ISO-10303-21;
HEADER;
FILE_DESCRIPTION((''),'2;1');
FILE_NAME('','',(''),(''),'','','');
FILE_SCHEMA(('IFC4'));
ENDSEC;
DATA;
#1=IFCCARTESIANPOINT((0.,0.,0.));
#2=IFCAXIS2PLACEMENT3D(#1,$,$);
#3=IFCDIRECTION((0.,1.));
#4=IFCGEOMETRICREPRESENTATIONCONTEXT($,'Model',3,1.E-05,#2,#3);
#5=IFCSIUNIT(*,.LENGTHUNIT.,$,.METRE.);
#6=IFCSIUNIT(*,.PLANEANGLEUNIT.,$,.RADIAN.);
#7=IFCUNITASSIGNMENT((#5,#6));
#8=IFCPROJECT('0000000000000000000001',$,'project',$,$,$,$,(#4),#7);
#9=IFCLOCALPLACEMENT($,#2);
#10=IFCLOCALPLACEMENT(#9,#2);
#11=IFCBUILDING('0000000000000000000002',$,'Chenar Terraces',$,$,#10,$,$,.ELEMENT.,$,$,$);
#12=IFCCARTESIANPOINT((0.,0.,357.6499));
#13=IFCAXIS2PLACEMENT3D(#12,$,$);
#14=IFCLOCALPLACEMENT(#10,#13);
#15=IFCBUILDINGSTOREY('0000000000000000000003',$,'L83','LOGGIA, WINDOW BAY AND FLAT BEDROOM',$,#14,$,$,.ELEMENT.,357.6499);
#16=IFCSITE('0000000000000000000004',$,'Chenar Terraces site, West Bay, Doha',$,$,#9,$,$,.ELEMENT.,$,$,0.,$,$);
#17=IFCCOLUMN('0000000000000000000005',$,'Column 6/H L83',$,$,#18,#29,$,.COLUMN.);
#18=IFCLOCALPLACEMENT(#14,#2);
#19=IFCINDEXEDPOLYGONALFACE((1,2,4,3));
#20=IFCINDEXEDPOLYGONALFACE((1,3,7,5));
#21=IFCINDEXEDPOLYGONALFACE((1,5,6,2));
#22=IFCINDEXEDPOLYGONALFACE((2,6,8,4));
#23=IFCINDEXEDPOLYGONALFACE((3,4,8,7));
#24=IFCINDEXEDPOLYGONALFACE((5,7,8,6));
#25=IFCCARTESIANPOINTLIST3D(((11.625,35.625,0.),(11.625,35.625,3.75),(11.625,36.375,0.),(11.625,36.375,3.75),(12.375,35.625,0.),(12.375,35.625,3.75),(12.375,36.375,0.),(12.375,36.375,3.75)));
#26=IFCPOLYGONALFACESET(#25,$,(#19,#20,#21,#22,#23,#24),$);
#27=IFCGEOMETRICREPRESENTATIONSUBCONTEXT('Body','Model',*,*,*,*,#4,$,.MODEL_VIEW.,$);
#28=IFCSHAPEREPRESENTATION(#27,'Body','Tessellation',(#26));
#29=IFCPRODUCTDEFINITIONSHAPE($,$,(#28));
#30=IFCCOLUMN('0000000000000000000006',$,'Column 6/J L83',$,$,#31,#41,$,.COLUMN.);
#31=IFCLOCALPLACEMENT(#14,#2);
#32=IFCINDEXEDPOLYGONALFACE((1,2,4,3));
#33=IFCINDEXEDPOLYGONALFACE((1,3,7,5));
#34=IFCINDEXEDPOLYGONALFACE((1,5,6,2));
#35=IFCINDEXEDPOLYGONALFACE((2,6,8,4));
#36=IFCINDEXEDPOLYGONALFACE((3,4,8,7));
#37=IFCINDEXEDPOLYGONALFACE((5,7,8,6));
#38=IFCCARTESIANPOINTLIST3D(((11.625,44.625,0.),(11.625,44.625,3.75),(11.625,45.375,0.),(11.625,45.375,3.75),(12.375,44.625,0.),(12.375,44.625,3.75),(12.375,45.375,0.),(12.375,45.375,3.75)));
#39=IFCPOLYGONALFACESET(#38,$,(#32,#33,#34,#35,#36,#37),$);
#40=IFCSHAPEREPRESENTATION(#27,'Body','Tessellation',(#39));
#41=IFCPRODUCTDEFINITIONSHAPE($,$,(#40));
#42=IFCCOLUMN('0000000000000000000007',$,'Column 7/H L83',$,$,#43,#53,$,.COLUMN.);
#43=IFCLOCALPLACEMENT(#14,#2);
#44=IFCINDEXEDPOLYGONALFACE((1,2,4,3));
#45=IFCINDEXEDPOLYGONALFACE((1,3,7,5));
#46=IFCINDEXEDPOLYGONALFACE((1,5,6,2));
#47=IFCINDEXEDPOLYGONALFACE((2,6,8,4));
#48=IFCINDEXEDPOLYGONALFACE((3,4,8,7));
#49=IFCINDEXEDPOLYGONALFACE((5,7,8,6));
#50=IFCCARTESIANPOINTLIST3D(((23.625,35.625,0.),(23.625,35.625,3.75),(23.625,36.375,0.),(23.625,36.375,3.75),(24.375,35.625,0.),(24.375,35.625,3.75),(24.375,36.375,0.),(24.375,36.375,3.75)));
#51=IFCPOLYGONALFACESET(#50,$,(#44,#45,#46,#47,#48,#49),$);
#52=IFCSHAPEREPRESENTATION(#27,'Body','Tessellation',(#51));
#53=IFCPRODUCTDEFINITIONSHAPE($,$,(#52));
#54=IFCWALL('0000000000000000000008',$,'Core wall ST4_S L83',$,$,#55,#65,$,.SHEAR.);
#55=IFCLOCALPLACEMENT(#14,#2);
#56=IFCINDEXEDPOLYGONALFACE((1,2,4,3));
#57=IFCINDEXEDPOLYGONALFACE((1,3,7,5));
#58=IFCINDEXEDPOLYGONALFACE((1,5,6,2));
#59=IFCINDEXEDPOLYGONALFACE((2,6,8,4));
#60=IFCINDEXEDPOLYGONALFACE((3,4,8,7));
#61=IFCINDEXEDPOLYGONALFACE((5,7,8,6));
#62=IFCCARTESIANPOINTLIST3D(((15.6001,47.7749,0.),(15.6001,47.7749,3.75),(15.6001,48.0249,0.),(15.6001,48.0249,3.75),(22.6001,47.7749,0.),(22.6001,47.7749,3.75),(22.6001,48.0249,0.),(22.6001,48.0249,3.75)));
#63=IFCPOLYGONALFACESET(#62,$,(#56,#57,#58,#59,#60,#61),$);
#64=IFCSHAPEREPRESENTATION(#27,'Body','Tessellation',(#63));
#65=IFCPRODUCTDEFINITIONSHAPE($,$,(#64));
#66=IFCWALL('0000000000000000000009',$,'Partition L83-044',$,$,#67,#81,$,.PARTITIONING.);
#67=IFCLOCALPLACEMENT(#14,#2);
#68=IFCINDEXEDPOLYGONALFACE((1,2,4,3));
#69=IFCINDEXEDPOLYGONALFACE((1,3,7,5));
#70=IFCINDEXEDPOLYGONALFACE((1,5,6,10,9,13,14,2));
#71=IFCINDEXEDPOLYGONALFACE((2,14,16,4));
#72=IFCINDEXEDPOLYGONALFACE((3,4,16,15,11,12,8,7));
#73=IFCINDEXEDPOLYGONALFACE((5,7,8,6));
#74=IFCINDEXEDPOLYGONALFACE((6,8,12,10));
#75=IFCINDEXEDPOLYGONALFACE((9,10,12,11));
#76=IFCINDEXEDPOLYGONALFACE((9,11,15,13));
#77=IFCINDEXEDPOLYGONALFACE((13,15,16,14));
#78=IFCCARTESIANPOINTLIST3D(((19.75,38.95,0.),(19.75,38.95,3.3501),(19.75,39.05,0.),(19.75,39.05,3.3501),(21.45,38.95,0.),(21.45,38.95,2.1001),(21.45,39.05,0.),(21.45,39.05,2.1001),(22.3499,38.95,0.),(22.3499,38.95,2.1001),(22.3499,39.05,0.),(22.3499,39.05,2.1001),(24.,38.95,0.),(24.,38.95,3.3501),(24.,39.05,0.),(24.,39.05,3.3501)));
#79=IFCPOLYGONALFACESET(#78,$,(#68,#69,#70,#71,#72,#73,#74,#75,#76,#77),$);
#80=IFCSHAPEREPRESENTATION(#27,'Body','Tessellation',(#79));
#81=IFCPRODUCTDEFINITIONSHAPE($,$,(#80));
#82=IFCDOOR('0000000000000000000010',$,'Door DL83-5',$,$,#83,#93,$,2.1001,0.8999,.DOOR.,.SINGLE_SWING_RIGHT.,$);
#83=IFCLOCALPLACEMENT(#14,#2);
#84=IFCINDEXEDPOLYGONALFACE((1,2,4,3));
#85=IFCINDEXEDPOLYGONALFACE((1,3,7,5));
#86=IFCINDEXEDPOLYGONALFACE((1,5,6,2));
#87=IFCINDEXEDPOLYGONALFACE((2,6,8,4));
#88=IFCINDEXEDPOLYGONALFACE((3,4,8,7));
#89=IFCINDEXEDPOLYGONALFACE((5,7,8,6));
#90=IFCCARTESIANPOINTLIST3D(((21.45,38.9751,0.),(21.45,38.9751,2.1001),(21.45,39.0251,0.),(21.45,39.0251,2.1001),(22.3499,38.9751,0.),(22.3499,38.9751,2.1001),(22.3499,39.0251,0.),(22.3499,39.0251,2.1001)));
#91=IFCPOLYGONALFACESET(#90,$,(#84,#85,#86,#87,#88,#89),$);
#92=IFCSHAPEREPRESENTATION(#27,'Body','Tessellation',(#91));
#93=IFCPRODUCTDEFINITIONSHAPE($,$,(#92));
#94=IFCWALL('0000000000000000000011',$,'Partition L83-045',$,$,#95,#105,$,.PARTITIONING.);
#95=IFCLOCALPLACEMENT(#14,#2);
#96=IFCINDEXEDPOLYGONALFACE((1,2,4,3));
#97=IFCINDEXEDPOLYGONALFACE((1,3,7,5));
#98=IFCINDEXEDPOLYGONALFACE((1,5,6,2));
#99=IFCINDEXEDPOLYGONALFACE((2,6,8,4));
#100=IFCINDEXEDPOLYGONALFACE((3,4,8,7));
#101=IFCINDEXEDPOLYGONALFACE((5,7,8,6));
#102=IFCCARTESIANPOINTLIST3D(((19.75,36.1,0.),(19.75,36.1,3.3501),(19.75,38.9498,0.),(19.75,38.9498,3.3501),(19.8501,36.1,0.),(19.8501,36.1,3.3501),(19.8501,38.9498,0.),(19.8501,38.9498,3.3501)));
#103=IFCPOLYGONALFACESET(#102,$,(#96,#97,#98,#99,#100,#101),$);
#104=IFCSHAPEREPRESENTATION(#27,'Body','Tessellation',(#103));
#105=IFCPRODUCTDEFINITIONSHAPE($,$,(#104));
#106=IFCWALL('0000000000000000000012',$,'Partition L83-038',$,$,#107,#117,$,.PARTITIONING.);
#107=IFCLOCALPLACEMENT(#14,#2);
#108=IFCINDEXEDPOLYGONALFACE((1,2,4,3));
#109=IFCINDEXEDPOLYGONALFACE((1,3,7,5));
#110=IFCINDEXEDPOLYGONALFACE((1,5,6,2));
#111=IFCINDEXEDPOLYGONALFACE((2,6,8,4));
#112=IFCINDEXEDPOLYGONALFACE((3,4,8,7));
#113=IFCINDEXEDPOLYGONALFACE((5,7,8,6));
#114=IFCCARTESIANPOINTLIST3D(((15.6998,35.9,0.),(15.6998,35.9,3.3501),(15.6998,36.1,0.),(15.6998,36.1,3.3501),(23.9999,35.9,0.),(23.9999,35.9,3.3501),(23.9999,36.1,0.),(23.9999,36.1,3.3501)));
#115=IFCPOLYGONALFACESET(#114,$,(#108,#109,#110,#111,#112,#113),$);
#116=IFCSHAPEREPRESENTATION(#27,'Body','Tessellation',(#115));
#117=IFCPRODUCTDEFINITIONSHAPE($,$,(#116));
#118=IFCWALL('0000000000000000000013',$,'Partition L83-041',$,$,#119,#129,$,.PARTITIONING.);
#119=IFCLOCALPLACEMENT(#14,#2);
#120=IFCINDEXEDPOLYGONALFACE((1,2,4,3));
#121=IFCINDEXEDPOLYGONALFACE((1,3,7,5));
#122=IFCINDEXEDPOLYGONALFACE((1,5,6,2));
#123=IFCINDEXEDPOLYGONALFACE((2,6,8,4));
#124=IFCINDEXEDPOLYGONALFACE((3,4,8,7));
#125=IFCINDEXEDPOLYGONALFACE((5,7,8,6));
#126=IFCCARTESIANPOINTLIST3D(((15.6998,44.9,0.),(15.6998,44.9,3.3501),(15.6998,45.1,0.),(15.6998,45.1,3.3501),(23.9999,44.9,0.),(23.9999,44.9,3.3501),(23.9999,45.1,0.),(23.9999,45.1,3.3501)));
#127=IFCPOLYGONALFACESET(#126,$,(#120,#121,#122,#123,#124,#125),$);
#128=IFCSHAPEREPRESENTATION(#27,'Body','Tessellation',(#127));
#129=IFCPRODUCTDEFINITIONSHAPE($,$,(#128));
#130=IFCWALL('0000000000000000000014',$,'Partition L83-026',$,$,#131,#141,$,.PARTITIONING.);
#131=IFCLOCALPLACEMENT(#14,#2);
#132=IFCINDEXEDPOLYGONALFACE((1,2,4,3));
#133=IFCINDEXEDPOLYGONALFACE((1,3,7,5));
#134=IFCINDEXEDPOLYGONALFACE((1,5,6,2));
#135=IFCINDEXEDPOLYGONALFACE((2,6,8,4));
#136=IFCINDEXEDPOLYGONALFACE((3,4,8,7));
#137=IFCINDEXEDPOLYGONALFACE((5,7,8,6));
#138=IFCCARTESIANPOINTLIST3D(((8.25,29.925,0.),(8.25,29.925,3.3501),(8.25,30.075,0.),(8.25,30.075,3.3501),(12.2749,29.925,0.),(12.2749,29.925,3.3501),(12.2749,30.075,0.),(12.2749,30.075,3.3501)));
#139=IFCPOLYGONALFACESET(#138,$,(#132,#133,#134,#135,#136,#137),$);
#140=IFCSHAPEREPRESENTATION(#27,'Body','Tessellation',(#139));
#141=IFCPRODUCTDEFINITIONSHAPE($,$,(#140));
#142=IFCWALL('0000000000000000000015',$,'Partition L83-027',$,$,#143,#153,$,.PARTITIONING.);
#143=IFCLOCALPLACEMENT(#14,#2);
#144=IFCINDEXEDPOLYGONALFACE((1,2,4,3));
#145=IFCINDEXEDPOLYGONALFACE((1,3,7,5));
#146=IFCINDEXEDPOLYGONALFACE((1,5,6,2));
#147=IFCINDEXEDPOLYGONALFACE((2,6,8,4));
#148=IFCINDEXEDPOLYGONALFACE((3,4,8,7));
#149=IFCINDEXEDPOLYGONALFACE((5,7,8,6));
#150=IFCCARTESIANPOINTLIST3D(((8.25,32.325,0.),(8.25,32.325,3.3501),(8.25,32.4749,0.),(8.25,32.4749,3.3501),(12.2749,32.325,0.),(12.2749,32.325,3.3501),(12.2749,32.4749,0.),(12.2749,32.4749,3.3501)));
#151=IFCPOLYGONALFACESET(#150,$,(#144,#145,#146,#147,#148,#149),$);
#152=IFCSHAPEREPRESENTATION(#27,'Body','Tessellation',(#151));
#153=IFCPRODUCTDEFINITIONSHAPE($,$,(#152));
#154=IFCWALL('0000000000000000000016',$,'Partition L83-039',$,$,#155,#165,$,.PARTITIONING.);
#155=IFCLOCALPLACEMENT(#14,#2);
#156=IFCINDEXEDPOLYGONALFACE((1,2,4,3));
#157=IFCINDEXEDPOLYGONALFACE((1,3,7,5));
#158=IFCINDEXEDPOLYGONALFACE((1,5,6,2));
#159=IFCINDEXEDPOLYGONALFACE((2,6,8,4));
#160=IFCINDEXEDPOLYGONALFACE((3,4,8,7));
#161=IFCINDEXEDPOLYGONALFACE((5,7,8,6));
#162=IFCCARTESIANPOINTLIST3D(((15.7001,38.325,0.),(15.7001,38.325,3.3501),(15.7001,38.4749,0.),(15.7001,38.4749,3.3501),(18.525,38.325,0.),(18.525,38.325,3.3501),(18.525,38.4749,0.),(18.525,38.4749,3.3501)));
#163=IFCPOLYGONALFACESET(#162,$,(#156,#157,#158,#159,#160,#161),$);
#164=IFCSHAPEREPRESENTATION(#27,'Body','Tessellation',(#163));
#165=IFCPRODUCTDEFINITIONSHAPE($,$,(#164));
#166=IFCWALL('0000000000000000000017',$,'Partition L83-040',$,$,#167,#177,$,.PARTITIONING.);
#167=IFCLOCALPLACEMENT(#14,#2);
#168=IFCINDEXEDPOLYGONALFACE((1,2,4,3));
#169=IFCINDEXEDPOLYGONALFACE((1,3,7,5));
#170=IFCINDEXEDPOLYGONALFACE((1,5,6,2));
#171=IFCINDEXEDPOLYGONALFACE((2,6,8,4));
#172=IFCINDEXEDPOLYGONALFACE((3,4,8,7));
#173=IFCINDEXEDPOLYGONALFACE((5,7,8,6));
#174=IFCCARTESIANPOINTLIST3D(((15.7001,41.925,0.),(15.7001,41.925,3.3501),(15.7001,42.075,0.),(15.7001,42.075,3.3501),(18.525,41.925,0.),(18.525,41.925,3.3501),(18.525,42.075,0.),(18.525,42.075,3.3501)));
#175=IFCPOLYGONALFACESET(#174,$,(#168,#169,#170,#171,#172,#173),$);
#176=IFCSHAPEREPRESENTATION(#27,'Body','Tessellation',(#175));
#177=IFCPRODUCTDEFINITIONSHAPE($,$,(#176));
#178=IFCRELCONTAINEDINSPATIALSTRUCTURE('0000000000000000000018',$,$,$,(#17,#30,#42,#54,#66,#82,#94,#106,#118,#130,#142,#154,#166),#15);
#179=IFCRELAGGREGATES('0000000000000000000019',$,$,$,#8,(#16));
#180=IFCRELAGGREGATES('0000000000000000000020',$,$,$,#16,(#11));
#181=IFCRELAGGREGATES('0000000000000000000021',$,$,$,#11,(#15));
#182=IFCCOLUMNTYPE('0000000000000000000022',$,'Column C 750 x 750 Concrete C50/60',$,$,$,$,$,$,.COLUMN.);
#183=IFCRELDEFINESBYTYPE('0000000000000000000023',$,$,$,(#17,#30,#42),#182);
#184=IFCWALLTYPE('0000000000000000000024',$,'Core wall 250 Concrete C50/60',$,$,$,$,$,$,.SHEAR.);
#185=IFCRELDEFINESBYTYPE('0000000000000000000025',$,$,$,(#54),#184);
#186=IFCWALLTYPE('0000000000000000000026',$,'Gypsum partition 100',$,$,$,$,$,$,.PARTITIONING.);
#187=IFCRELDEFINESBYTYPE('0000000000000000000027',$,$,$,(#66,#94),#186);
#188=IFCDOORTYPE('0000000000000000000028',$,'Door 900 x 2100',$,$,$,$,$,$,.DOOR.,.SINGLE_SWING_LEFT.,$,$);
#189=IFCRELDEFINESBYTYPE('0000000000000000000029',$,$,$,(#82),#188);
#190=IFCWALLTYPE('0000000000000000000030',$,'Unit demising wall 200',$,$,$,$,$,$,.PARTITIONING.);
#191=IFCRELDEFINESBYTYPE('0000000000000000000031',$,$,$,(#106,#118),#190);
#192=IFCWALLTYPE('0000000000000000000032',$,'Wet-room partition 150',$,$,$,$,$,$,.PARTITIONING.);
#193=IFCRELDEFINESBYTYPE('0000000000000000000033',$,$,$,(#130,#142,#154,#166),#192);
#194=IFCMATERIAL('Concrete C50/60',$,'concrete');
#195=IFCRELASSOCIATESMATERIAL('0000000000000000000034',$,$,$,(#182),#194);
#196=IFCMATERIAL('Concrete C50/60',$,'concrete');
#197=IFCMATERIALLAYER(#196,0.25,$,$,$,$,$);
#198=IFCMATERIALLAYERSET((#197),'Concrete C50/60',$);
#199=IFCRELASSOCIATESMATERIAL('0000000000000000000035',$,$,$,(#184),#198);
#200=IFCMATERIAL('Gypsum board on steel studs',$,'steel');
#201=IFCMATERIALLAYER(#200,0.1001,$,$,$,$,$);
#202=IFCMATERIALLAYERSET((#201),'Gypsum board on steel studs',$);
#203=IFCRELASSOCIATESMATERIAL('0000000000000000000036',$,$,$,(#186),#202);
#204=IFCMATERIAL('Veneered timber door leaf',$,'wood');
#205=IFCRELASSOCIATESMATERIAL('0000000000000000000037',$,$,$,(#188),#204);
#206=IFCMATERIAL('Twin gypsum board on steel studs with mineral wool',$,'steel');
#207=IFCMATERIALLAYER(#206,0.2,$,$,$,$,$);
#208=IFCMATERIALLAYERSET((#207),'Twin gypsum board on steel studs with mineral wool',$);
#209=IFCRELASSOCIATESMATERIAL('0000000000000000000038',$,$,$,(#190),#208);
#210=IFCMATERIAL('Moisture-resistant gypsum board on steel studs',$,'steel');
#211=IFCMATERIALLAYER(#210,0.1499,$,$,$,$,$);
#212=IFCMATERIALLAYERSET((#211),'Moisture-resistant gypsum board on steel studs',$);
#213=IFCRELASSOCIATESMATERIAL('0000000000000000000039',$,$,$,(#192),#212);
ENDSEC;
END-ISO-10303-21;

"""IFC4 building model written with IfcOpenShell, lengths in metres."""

from ifc_helpers import new_model, si_unit, direction, frame, frame_2d, origin, origin_2d, place, context, subcontext, project, spatial, rectangle, extrude, material, layer, layer_set, material_profile, profile_set, type_object, element, fill, save


model = new_model("IFC4")

# Units and contexts
model_context = context("Model", 3, precision=1e-05, world=origin(), true_north=direction((0.0, 1.0)))
body_context = subcontext(model_context, "Body", "Model", "MODEL_VIEW")
ifc_project = project(units=[si_unit("LENGTHUNIT", "METRE"), si_unit("PLANEANGLEUNIT", "RADIAN")], contexts=[model_context])

# Site, building, storey
site_placement = place(None, origin())
site = spatial("IfcSite", under=ifc_project, at=site_placement, Name="Chenar Terraces site, West Bay, Doha", CompositionType="ELEMENT", RefElevation=0.0)
building_placement = place(site_placement, origin())
building = spatial("IfcBuilding", under=site, at=building_placement, Name="Chenar Terraces", CompositionType="ELEMENT")
storey_placement = place(building_placement, frame((0.0, 0.0, 357.6499)))
storey = spatial("IfcBuildingStorey", under=building, at=storey_placement, Name="L83", Description="LOGGIA, WINDOW BAY AND FLAT BEDROOM", CompositionType="ELEMENT", Elevation=357.6499)

# Columns
ifc_material_1 = material(Name="Concrete C50/60", Category="concrete")
ifc_material_profile = material_profile(ifc_material_1, rectangle(XDim=0.75, YDim=0.75, at=origin_2d()), Name="C 750 x 750")
ifc_profile_set = profile_set([ifc_material_profile], Name="Concrete C50/60")
column_type = type_object("IfcColumnType", Name="Column C 750 x 750 Concrete C50/60", PredefinedType="COLUMN", material=ifc_profile_set)
for number, where, z_axis, x_axis, name in (
    (1, (12.0, 36.0, 0.0), (0.0, 0.0, 1.0), (1.0, 0.0, 0.0), "Column 6/H L83"),
    (2, (12.0, 45.0, 0.0), (0.0, 0.0, 1.0), (1.0, 0.0, 0.0), "Column 6/J L83"),
    (3, (24.0, 36.0, 0.0), (0.0, 0.0, 1.0), (1.0, 0.0, 0.0), "Column 7/H L83"),
):
    element("IfcColumn", number, at=place(storey_placement, frame(where, z_axis=z_axis, x_axis=x_axis)), inside=storey, type_object=column_type, Name=name, PredefinedType="COLUMN", context=body_context, shape_type="SweptSolid", body=[
        extrude(rectangle(XDim=0.75, YDim=0.75, at=origin_2d()), origin(), (0.0, 0.0, 1.0), 3.75),
    ])

# Wall
ifc_material_2 = material(Name="Concrete C50/60", Category="concrete")
ifc_layer_1 = layer(ifc_material_2, 0.25)
ifc_layer_set_1 = layer_set([ifc_layer_1], Name="Concrete C50/60")
wall_type_1 = type_object("IfcWallType", Name="Core wall 250 Concrete C50/60", PredefinedType="SHEAR", material=ifc_layer_set_1)
wall_1_placement = place(storey_placement, frame((15.6001, 47.8999, 0.0), z_axis=(0.0, 0.0, 1.0), x_axis=(1.0, 0.0, 0.0)))
element("IfcWall", 4, at=wall_1_placement, inside=storey, type_object=wall_type_1, Name="Core wall ST4_S L83", PredefinedType="SHEAR", context=body_context, shape_type="SweptSolid", body=[
    extrude(rectangle(XDim=7.0, YDim=0.25, at=frame_2d((3.5, 0.0))), origin(), (0.0, 0.0, 1.0), 3.75),
])

# Wall, opening, door
ifc_material_3 = material(Name="Gypsum board on steel studs", Category="steel")
ifc_layer_2 = layer(ifc_material_3, 0.1001)
ifc_layer_set_2 = layer_set([ifc_layer_2], Name="Gypsum board on steel studs")
wall_type_2 = type_object("IfcWallType", Name="Gypsum partition 100", PredefinedType="PARTITIONING", material=ifc_layer_set_2)
wall_2_placement = place(storey_placement, frame((19.75, 39.0, 0.0), z_axis=(0.0, 0.0, 1.0), x_axis=(1.0, 0.0, 0.0)))
wall_2 = element("IfcWall", 5, at=wall_2_placement, inside=storey, type_object=wall_type_2, Name="Partition L83-044", PredefinedType="PARTITIONING", context=body_context, shape_type="SweptSolid", body=[
    extrude(rectangle(XDim=4.25, YDim=0.1001, at=frame_2d((2.125, 0.0))), origin(), (0.0, 0.0, 1.0), 3.3501),
])
opening_1_placement = place(wall_2_placement, frame((1.7, 0.0, 0.0)))
opening_1 = element("IfcOpeningElement", 6, at=opening_1_placement, cuts=wall_2, PredefinedType="OPENING", context=body_context, shape_type="SweptSolid", body=[
    extrude(rectangle(XDim=0.8999, YDim=2.1001, at=frame_2d((0.45, 1.05))), frame((0.0, 0.0601, 0.0), z_axis=(0.0, -1.0, 0.0), x_axis=(1.0, 0.0, 0.0)), (0.0, 0.0, 1.0), 0.1201),
])
ifc_material_4 = material(Name="Veneered timber door leaf", Category="wood")
door_type_1 = type_object("IfcDoorType", Name="Door 900 x 2100", OperationType="SINGLE_SWING_LEFT", PredefinedType="DOOR", material=ifc_material_4)
door_1_placement = place(opening_1_placement, frame((0.8999, 0.0, 0.0), z_axis=(0.0, 0.0, 1.0), x_axis=(-1.0, 0.0, 0.0)))
door_1 = element("IfcDoor", 7, at=door_1_placement, inside=storey, type_object=door_type_1, Name="Door DL83-5", OperationType="SINGLE_SWING_RIGHT", OverallHeight=2.1001, OverallWidth=0.8999, PredefinedType="DOOR", context=body_context, shape_type="SweptSolid", body=[
    extrude(rectangle(XDim=0.8999, YDim=2.1001, at=frame_2d((0.45, 1.05))), frame((0.0, 0.0249, 0.0), z_axis=(0.0, -1.0, 0.0), x_axis=(1.0, 0.0, 0.0)), (0.0, 0.0, 1.0), 0.05),
])
fill(opening_1, door_1)

# Walls
wall_3_placement = place(storey_placement, frame((19.8, 36.1001, 0.0), z_axis=(0.0, 0.0, 1.0), x_axis=(0.0, 1.0, 0.0)))
element("IfcWall", 8, at=wall_3_placement, inside=storey, type_object=wall_type_2, Name="Partition L83-045", PredefinedType="PARTITIONING", context=body_context, shape_type="SweptSolid", body=[
    extrude(rectangle(XDim=2.8499, YDim=0.1001, at=frame_2d((1.4248, 0.0))), origin(), (0.0, 0.0, 1.0), 3.3501),
])
ifc_material_5 = material(Name="Twin gypsum board on steel studs with mineral wool", Category="steel")
ifc_layer_3 = layer(ifc_material_5, 0.2)
ifc_layer_set_3 = layer_set([ifc_layer_3], Name="Twin gypsum board on steel studs with mineral wool")
wall_type_3 = type_object("IfcWallType", Name="Unit demising wall 200", PredefinedType="PARTITIONING", material=ifc_layer_set_3)
for number, where, z_axis, x_axis, name in (
    (9, (15.7, 36.0, 0.0), (0.0, 0.0, 1.0), (1.0, 0.0, 0.0), "Partition L83-038"),
    (10, (15.7, 45.0, 0.0), (0.0, 0.0, 1.0), (1.0, 0.0, 0.0), "Partition L83-041"),
):
    element("IfcWall", number, at=place(storey_placement, frame(where, z_axis=z_axis, x_axis=x_axis)), inside=storey, type_object=wall_type_3, Name=name, PredefinedType="PARTITIONING", context=body_context, shape_type="SweptSolid", body=[
        extrude(rectangle(XDim=8.3, YDim=0.2, at=frame_2d((4.1499, 0.0))), origin(), (0.0, 0.0, 1.0), 3.3501),
    ])
ifc_material_6 = material(Name="Moisture-resistant gypsum board on steel studs", Category="steel")
ifc_layer_4 = layer(ifc_material_6, 0.1499)
ifc_layer_set_4 = layer_set([ifc_layer_4], Name="Moisture-resistant gypsum board on steel studs")
wall_type_4 = type_object("IfcWallType", Name="Wet-room partition 150", PredefinedType="PARTITIONING", material=ifc_layer_set_4)
for number, where, z_axis, x_axis, name in (
    (11, (8.25, 30.0, 0.0), (0.0, 0.0, 1.0), (1.0, 0.0, 0.0), "Partition L83-026"),
    (12, (8.25, 32.3999, 0.0), (0.0, 0.0, 1.0), (1.0, 0.0, 0.0), "Partition L83-027"),
):
    element("IfcWall", number, at=place(storey_placement, frame(where, z_axis=z_axis, x_axis=x_axis)), inside=storey, type_object=wall_type_4, Name=name, PredefinedType="PARTITIONING", context=body_context, shape_type="SweptSolid", body=[
        extrude(rectangle(XDim=4.0249, YDim=0.1499, at=frame_2d((2.0125, 0.0))), origin(), (0.0, 0.0, 1.0), 3.3501),
    ])
for number, where, z_axis, x_axis, name in (
    (13, (15.7, 38.3999, 0.0), (0.0, 0.0, 1.0), (1.0, 0.0, 0.0), "Partition L83-039"),
    (14, (15.7, 42.0, 0.0), (0.0, 0.0, 1.0), (1.0, 0.0, 0.0), "Partition L83-040"),
):
    element("IfcWall", number, at=place(storey_placement, frame(where, z_axis=z_axis, x_axis=x_axis)), inside=storey, type_object=wall_type_4, Name=name, PredefinedType="PARTITIONING", context=body_context, shape_type="SweptSolid", body=[
        extrude(rectangle(XDim=2.825, YDim=0.1499, at=frame_2d((1.4126, 0.0))), origin(), (0.0, 0.0, 1.0), 3.3501),
    ])

save(model, "model.ifc")
